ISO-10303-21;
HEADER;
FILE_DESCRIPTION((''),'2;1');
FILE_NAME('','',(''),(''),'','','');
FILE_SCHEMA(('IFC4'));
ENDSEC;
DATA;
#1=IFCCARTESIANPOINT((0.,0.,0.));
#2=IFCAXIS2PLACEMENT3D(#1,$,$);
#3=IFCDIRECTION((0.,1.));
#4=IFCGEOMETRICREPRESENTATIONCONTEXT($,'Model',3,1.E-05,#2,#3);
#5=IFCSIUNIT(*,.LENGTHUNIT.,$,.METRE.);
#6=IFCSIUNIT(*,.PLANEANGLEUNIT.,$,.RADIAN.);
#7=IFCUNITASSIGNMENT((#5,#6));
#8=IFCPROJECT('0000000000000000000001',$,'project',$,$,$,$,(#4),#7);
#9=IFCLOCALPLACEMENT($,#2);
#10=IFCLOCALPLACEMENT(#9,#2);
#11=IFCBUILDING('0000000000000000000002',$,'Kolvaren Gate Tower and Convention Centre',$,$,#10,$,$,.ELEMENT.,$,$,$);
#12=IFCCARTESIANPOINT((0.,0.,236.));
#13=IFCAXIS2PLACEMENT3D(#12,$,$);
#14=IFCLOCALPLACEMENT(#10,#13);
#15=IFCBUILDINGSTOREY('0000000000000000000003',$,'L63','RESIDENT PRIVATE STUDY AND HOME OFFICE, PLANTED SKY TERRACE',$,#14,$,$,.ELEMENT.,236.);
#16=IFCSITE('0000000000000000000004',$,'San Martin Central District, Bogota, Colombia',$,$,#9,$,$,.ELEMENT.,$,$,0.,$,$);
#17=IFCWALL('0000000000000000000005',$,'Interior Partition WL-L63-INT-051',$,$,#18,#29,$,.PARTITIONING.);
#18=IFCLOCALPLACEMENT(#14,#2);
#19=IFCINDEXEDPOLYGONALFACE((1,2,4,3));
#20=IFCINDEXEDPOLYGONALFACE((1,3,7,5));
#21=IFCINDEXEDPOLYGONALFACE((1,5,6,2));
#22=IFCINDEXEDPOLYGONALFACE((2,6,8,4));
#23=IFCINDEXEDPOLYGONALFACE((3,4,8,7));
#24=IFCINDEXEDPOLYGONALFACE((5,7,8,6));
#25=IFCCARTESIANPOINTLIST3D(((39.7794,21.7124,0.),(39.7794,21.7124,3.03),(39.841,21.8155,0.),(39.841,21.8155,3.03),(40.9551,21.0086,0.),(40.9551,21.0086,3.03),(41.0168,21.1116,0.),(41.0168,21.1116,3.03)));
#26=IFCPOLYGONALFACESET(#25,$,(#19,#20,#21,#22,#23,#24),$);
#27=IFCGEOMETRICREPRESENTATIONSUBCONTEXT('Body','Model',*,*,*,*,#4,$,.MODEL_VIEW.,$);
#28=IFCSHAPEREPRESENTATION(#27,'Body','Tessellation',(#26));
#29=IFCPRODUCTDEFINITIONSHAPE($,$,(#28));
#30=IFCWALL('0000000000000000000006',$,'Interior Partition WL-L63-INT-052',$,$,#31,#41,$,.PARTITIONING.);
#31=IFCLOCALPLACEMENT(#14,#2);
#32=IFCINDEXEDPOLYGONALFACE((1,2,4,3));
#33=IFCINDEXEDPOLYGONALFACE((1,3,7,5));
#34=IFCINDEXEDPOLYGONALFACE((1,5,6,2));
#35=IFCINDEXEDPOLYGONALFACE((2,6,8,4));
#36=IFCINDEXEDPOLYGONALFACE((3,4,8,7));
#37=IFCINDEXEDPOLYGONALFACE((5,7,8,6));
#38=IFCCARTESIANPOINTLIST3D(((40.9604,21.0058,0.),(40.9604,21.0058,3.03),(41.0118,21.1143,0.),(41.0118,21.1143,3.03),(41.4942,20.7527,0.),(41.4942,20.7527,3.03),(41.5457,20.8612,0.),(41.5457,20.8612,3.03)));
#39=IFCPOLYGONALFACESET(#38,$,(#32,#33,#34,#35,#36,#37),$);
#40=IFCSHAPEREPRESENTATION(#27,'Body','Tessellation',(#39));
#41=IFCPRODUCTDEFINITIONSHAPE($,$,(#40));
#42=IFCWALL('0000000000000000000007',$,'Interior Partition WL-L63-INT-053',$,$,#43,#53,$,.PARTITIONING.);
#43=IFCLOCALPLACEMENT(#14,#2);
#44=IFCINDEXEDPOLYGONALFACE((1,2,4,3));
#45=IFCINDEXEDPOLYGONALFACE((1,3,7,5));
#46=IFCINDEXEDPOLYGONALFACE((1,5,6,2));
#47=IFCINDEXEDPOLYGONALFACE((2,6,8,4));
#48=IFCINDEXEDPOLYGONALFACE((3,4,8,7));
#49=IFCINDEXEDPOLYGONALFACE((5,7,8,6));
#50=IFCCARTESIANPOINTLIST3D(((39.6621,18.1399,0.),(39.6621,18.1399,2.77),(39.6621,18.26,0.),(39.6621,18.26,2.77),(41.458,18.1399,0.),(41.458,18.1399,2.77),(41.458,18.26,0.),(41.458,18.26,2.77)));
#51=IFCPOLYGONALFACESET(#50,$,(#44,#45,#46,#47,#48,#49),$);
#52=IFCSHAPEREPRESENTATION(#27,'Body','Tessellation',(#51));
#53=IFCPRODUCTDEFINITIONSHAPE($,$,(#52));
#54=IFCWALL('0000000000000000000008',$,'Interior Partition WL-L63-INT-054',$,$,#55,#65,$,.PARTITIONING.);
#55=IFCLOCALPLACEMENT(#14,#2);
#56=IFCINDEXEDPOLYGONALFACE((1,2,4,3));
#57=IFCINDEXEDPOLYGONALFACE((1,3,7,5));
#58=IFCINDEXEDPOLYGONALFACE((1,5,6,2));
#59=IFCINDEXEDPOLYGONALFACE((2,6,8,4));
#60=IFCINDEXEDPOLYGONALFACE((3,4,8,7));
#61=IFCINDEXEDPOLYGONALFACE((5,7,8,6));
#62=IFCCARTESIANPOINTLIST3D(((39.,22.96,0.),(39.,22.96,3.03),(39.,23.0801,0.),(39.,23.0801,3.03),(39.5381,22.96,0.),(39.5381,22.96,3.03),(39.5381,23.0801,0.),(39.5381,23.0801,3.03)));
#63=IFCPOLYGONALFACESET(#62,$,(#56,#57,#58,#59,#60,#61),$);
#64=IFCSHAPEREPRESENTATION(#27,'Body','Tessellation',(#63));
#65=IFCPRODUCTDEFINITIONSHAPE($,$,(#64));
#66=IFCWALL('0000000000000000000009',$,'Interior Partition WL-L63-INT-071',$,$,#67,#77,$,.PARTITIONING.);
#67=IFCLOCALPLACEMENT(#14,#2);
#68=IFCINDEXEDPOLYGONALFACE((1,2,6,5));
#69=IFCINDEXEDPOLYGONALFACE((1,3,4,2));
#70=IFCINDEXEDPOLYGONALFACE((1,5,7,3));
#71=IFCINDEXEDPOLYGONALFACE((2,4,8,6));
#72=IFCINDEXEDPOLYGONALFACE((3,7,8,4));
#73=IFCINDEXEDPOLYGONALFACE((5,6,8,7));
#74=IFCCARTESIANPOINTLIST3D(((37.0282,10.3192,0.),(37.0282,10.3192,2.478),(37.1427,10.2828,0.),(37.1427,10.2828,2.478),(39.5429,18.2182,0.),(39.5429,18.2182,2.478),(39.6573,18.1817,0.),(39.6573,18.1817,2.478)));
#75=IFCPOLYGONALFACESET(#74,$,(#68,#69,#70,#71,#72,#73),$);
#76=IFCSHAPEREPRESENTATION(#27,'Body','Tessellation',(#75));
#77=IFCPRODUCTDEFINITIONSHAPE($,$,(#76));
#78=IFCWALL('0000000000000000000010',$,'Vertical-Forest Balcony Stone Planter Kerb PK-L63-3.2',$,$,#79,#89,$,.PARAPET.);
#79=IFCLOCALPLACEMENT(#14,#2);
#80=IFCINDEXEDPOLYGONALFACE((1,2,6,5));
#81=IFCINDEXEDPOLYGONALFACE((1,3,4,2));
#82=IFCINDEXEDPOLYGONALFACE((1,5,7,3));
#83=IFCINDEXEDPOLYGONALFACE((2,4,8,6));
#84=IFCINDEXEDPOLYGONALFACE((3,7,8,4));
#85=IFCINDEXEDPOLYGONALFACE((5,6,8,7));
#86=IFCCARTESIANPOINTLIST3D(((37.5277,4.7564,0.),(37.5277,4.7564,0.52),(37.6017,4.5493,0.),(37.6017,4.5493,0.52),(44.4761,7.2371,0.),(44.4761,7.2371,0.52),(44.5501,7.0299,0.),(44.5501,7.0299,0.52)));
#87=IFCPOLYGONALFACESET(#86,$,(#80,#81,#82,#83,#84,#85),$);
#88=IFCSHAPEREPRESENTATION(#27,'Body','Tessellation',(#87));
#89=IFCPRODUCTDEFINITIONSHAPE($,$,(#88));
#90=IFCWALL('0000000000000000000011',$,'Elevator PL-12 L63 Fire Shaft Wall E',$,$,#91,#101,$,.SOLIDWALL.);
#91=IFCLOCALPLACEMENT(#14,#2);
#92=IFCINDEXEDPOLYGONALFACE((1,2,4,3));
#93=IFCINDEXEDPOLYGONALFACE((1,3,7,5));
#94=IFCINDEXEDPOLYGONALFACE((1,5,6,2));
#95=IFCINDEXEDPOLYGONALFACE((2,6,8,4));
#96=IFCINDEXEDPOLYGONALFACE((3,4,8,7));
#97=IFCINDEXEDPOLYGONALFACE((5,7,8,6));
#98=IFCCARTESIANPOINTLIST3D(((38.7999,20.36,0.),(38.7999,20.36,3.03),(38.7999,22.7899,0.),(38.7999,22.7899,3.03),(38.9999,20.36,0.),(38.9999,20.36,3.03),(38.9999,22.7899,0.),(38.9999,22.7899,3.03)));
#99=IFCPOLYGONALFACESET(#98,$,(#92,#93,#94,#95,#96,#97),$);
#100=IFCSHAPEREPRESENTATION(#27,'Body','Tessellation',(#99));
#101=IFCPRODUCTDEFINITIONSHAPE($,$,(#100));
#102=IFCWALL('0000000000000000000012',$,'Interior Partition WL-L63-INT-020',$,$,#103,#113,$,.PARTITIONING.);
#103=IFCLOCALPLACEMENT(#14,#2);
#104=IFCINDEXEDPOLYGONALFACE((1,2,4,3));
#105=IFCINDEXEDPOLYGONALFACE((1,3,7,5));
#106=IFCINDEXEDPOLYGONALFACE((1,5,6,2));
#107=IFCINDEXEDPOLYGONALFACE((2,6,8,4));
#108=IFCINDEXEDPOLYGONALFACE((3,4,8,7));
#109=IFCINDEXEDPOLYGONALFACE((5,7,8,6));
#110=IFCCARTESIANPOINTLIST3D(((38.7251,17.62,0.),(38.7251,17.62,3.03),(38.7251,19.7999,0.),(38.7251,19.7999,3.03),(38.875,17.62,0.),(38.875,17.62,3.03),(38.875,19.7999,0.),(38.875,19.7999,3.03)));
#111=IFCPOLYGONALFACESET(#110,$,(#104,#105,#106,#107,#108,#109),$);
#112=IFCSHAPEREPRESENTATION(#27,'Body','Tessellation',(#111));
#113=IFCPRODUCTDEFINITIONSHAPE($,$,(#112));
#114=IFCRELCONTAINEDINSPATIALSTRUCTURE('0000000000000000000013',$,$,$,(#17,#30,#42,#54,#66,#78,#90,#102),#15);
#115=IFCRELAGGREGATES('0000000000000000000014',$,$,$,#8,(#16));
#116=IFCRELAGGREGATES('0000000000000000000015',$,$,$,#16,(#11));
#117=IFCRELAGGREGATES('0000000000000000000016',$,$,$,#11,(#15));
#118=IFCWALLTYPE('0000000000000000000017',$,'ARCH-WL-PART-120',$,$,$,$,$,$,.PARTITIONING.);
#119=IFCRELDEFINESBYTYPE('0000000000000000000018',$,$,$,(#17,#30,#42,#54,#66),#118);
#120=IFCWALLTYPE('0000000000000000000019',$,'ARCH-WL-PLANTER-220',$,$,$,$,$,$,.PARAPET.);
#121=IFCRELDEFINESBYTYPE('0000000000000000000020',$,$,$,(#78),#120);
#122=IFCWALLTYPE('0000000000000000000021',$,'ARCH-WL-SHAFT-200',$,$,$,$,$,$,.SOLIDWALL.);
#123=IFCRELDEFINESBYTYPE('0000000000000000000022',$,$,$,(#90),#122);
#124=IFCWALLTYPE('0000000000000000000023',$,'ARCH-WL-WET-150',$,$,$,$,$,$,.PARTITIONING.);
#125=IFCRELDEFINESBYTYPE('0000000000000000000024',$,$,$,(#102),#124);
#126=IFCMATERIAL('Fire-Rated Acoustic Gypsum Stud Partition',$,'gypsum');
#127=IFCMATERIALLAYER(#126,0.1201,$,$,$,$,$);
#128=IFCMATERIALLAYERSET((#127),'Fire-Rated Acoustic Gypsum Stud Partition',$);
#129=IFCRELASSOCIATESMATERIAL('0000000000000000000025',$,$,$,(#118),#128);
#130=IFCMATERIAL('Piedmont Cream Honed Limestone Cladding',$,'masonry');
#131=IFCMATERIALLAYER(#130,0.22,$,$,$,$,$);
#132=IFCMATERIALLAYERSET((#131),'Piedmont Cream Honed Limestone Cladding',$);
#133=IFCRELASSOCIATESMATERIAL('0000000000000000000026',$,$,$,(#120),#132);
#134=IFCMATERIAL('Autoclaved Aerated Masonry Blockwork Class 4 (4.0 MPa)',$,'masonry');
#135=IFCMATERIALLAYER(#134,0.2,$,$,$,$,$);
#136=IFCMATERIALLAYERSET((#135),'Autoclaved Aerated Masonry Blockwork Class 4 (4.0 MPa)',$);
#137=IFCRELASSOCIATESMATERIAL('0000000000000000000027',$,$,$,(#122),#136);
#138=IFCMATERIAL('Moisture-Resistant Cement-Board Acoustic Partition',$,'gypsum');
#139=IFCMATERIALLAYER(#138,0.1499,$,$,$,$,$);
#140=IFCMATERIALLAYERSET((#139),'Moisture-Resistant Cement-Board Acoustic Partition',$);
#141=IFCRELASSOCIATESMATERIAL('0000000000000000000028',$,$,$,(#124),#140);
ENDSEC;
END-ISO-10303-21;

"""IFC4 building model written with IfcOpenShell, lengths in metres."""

from ifc_helpers import new_model, si_unit, direction, frame, frame_2d, origin, place, context, subcontext, project, spatial, rectangle, extrude, material, layer, layer_set, type_object, element, save


model = new_model("IFC4")

# Units and contexts
model_context = context("Model", 3, precision=1e-05, world=origin(), true_north=direction((0.0, 1.0)))
body_context = subcontext(model_context, "Body", "Model", "MODEL_VIEW")
ifc_project = project(units=[si_unit("LENGTHUNIT", "METRE"), si_unit("PLANEANGLEUNIT", "RADIAN")], contexts=[model_context])

# Site, building, storey
site_placement = place(None, origin())
site = spatial("IfcSite", under=ifc_project, at=site_placement, Name="San Martin Central District, Bogota, Colombia", CompositionType="ELEMENT", RefElevation=0.0)
building_placement = place(site_placement, origin())
building = spatial("IfcBuilding", under=site, at=building_placement, Name="Kolvaren Gate Tower and Convention Centre", CompositionType="ELEMENT")
storey_placement = place(building_placement, frame((0.0, 0.0, 236.0)))
storey = spatial("IfcBuildingStorey", under=building, at=storey_placement, Name="L63", Description="RESIDENT PRIVATE STUDY AND HOME OFFICE, PLANTED SKY TERRACE", CompositionType="ELEMENT", Elevation=236.0)

# Shared definitions
ifc_material_1 = material(Name="Fire-Rated Acoustic Gypsum Stud Partition", Category="gypsum")
ifc_layer_1 = layer(ifc_material_1, 0.1201)
ifc_layer_set_1 = layer_set([ifc_layer_1], Name="Fire-Rated Acoustic Gypsum Stud Partition")
wall_type_1 = type_object("IfcWallType", Name="ARCH-WL-PART-120", PredefinedType="PARTITIONING", material=ifc_layer_set_1)

# Walls
wall_1_placement = place(storey_placement, frame((39.8103, 21.7639, 0.0), z_axis=(0.0, 0.0, 1.0), x_axis=(0.858011, -0.513631, 0.0)))
element("IfcWall", 1, at=wall_1_placement, inside=storey, type_object=wall_type_1, Name="Interior Partition WL-L63-INT-051", PredefinedType="PARTITIONING", context=body_context, shape_type="SweptSolid", body=[
    extrude(rectangle(XDim=1.3704, YDim=0.1201, at=frame_2d((0.6851, 0.0))), origin(), (0.0, 0.0, 1.0), 3.03),
])
wall_2_placement = place(storey_placement, frame((40.9861, 21.0601, 0.0), z_axis=(0.0, 0.0, 1.0), x_axis=(0.90357, -0.428442, 0.0)))
element("IfcWall", 2, at=wall_2_placement, inside=storey, type_object=wall_type_1, Name="Interior Partition WL-L63-INT-052", PredefinedType="PARTITIONING", context=body_context, shape_type="SweptSolid", body=[
    extrude(rectangle(XDim=0.5908, YDim=0.1201, at=frame_2d((0.2954, 0.0))), origin(), (0.0, 0.0, 1.0), 3.03),
])
wall_3_placement = place(storey_placement, frame((39.6621, 18.2, 0.0), z_axis=(0.0, 0.0, 1.0), x_axis=(1.0, 0.0, 0.0)))
element("IfcWall", 3, at=wall_3_placement, inside=storey, type_object=wall_type_1, Name="Interior Partition WL-L63-INT-053", PredefinedType="PARTITIONING", context=body_context, shape_type="SweptSolid", body=[
    extrude(rectangle(XDim=1.7959, YDim=0.1201, at=frame_2d((0.8979, 0.0))), origin(), (0.0, 0.0, 1.0), 2.77),
])
wall_4_placement = place(storey_placement, frame((39.0, 23.02, 0.0), z_axis=(0.0, 0.0, 1.0), x_axis=(1.0, 0.0, 0.0)))
element("IfcWall", 4, at=wall_4_placement, inside=storey, type_object=wall_type_1, Name="Interior Partition WL-L63-INT-054", PredefinedType="PARTITIONING", context=body_context, shape_type="SweptSolid", body=[
    extrude(rectangle(XDim=0.5381, YDim=0.1201, at=frame_2d((0.269, 0.0))), origin(), (0.0, 0.0, 1.0), 3.03),
])
wall_5_placement = place(storey_placement, frame((37.0854, 10.301, 0.0), z_axis=(0.0, 0.0, 1.0), x_axis=(0.303352, 0.952879, 0.0)))
element("IfcWall", 5, at=wall_5_placement, inside=storey, type_object=wall_type_1, Name="Interior Partition WL-L63-INT-071", PredefinedType="PARTITIONING", context=body_context, shape_type="SweptSolid", body=[
    extrude(rectangle(XDim=8.2896, YDim=0.1201, at=frame_2d((4.1448, 0.0))), origin(), (0.0, 0.0, 1.0), 2.478),
])
ifc_material_2 = material(Name="Piedmont Cream Honed Limestone Cladding", Category="masonry")
ifc_layer_2 = layer(ifc_material_2, 0.22)
ifc_layer_set_2 = layer_set([ifc_layer_2], Name="Piedmont Cream Honed Limestone Cladding")
wall_type_2 = type_object("IfcWallType", Name="ARCH-WL-PLANTER-220", PredefinedType="PARAPET", material=ifc_layer_set_2)
wall_6_placement = place(storey_placement, frame((37.5647, 4.6528, 0.0), z_axis=(0.0, 0.0, 1.0), x_axis=(0.94178, 0.336229, 0.0)))
element("IfcWall", 6, at=wall_6_placement, inside=storey, type_object=wall_type_2, Name="Vertical-Forest Balcony Stone Planter Kerb PK-L63-3.2", PredefinedType="PARAPET", context=body_context, shape_type="SweptSolid", body=[
    extrude(rectangle(XDim=7.3779, YDim=0.22, at=frame_2d((3.689, 0.0))), origin(), (0.0, 0.0, 1.0), 0.52),
])
ifc_material_3 = material(Name="Autoclaved Aerated Masonry Blockwork Class 4 (4.0 MPa)", Category="masonry")
ifc_layer_3 = layer(ifc_material_3, 0.2)
ifc_layer_set_3 = layer_set([ifc_layer_3], Name="Autoclaved Aerated Masonry Blockwork Class 4 (4.0 MPa)")
wall_type_3 = type_object("IfcWallType", Name="ARCH-WL-SHAFT-200", PredefinedType="SOLIDWALL", material=ifc_layer_set_3)
wall_7_placement = place(storey_placement, frame((38.8999, 20.3601, 0.0), z_axis=(0.0, 0.0, 1.0), x_axis=(0.0, 1.0, 0.0)))
element("IfcWall", 7, at=wall_7_placement, inside=storey, type_object=wall_type_3, Name="Elevator PL-12 L63 Fire Shaft Wall E", PredefinedType="SOLIDWALL", context=body_context, shape_type="SweptSolid", body=[
    extrude(rectangle(XDim=2.4299, YDim=0.2, at=frame_2d((1.2148, 0.0))), origin(), (0.0, 0.0, 1.0), 3.03),
])
ifc_material_4 = material(Name="Moisture-Resistant Cement-Board Acoustic Partition", Category="gypsum")
ifc_layer_4 = layer(ifc_material_4, 0.1499)
ifc_layer_set_4 = layer_set([ifc_layer_4], Name="Moisture-Resistant Cement-Board Acoustic Partition")
wall_type_4 = type_object("IfcWallType", Name="ARCH-WL-WET-150", PredefinedType="PARTITIONING", material=ifc_layer_set_4)
wall_8_placement = place(storey_placement, frame((38.8, 17.6201, 0.0), z_axis=(0.0, 0.0, 1.0), x_axis=(0.0, 1.0, 0.0)))
element("IfcWall", 8, at=wall_8_placement, inside=storey, type_object=wall_type_4, Name="Interior Partition WL-L63-INT-020", PredefinedType="PARTITIONING", context=body_context, shape_type="SweptSolid", body=[
    extrude(rectangle(XDim=2.1799, YDim=0.1499, at=frame_2d((1.0898, 0.0))), origin(), (0.0, 0.0, 1.0), 3.03),
])

save(model, "model.ifc")
